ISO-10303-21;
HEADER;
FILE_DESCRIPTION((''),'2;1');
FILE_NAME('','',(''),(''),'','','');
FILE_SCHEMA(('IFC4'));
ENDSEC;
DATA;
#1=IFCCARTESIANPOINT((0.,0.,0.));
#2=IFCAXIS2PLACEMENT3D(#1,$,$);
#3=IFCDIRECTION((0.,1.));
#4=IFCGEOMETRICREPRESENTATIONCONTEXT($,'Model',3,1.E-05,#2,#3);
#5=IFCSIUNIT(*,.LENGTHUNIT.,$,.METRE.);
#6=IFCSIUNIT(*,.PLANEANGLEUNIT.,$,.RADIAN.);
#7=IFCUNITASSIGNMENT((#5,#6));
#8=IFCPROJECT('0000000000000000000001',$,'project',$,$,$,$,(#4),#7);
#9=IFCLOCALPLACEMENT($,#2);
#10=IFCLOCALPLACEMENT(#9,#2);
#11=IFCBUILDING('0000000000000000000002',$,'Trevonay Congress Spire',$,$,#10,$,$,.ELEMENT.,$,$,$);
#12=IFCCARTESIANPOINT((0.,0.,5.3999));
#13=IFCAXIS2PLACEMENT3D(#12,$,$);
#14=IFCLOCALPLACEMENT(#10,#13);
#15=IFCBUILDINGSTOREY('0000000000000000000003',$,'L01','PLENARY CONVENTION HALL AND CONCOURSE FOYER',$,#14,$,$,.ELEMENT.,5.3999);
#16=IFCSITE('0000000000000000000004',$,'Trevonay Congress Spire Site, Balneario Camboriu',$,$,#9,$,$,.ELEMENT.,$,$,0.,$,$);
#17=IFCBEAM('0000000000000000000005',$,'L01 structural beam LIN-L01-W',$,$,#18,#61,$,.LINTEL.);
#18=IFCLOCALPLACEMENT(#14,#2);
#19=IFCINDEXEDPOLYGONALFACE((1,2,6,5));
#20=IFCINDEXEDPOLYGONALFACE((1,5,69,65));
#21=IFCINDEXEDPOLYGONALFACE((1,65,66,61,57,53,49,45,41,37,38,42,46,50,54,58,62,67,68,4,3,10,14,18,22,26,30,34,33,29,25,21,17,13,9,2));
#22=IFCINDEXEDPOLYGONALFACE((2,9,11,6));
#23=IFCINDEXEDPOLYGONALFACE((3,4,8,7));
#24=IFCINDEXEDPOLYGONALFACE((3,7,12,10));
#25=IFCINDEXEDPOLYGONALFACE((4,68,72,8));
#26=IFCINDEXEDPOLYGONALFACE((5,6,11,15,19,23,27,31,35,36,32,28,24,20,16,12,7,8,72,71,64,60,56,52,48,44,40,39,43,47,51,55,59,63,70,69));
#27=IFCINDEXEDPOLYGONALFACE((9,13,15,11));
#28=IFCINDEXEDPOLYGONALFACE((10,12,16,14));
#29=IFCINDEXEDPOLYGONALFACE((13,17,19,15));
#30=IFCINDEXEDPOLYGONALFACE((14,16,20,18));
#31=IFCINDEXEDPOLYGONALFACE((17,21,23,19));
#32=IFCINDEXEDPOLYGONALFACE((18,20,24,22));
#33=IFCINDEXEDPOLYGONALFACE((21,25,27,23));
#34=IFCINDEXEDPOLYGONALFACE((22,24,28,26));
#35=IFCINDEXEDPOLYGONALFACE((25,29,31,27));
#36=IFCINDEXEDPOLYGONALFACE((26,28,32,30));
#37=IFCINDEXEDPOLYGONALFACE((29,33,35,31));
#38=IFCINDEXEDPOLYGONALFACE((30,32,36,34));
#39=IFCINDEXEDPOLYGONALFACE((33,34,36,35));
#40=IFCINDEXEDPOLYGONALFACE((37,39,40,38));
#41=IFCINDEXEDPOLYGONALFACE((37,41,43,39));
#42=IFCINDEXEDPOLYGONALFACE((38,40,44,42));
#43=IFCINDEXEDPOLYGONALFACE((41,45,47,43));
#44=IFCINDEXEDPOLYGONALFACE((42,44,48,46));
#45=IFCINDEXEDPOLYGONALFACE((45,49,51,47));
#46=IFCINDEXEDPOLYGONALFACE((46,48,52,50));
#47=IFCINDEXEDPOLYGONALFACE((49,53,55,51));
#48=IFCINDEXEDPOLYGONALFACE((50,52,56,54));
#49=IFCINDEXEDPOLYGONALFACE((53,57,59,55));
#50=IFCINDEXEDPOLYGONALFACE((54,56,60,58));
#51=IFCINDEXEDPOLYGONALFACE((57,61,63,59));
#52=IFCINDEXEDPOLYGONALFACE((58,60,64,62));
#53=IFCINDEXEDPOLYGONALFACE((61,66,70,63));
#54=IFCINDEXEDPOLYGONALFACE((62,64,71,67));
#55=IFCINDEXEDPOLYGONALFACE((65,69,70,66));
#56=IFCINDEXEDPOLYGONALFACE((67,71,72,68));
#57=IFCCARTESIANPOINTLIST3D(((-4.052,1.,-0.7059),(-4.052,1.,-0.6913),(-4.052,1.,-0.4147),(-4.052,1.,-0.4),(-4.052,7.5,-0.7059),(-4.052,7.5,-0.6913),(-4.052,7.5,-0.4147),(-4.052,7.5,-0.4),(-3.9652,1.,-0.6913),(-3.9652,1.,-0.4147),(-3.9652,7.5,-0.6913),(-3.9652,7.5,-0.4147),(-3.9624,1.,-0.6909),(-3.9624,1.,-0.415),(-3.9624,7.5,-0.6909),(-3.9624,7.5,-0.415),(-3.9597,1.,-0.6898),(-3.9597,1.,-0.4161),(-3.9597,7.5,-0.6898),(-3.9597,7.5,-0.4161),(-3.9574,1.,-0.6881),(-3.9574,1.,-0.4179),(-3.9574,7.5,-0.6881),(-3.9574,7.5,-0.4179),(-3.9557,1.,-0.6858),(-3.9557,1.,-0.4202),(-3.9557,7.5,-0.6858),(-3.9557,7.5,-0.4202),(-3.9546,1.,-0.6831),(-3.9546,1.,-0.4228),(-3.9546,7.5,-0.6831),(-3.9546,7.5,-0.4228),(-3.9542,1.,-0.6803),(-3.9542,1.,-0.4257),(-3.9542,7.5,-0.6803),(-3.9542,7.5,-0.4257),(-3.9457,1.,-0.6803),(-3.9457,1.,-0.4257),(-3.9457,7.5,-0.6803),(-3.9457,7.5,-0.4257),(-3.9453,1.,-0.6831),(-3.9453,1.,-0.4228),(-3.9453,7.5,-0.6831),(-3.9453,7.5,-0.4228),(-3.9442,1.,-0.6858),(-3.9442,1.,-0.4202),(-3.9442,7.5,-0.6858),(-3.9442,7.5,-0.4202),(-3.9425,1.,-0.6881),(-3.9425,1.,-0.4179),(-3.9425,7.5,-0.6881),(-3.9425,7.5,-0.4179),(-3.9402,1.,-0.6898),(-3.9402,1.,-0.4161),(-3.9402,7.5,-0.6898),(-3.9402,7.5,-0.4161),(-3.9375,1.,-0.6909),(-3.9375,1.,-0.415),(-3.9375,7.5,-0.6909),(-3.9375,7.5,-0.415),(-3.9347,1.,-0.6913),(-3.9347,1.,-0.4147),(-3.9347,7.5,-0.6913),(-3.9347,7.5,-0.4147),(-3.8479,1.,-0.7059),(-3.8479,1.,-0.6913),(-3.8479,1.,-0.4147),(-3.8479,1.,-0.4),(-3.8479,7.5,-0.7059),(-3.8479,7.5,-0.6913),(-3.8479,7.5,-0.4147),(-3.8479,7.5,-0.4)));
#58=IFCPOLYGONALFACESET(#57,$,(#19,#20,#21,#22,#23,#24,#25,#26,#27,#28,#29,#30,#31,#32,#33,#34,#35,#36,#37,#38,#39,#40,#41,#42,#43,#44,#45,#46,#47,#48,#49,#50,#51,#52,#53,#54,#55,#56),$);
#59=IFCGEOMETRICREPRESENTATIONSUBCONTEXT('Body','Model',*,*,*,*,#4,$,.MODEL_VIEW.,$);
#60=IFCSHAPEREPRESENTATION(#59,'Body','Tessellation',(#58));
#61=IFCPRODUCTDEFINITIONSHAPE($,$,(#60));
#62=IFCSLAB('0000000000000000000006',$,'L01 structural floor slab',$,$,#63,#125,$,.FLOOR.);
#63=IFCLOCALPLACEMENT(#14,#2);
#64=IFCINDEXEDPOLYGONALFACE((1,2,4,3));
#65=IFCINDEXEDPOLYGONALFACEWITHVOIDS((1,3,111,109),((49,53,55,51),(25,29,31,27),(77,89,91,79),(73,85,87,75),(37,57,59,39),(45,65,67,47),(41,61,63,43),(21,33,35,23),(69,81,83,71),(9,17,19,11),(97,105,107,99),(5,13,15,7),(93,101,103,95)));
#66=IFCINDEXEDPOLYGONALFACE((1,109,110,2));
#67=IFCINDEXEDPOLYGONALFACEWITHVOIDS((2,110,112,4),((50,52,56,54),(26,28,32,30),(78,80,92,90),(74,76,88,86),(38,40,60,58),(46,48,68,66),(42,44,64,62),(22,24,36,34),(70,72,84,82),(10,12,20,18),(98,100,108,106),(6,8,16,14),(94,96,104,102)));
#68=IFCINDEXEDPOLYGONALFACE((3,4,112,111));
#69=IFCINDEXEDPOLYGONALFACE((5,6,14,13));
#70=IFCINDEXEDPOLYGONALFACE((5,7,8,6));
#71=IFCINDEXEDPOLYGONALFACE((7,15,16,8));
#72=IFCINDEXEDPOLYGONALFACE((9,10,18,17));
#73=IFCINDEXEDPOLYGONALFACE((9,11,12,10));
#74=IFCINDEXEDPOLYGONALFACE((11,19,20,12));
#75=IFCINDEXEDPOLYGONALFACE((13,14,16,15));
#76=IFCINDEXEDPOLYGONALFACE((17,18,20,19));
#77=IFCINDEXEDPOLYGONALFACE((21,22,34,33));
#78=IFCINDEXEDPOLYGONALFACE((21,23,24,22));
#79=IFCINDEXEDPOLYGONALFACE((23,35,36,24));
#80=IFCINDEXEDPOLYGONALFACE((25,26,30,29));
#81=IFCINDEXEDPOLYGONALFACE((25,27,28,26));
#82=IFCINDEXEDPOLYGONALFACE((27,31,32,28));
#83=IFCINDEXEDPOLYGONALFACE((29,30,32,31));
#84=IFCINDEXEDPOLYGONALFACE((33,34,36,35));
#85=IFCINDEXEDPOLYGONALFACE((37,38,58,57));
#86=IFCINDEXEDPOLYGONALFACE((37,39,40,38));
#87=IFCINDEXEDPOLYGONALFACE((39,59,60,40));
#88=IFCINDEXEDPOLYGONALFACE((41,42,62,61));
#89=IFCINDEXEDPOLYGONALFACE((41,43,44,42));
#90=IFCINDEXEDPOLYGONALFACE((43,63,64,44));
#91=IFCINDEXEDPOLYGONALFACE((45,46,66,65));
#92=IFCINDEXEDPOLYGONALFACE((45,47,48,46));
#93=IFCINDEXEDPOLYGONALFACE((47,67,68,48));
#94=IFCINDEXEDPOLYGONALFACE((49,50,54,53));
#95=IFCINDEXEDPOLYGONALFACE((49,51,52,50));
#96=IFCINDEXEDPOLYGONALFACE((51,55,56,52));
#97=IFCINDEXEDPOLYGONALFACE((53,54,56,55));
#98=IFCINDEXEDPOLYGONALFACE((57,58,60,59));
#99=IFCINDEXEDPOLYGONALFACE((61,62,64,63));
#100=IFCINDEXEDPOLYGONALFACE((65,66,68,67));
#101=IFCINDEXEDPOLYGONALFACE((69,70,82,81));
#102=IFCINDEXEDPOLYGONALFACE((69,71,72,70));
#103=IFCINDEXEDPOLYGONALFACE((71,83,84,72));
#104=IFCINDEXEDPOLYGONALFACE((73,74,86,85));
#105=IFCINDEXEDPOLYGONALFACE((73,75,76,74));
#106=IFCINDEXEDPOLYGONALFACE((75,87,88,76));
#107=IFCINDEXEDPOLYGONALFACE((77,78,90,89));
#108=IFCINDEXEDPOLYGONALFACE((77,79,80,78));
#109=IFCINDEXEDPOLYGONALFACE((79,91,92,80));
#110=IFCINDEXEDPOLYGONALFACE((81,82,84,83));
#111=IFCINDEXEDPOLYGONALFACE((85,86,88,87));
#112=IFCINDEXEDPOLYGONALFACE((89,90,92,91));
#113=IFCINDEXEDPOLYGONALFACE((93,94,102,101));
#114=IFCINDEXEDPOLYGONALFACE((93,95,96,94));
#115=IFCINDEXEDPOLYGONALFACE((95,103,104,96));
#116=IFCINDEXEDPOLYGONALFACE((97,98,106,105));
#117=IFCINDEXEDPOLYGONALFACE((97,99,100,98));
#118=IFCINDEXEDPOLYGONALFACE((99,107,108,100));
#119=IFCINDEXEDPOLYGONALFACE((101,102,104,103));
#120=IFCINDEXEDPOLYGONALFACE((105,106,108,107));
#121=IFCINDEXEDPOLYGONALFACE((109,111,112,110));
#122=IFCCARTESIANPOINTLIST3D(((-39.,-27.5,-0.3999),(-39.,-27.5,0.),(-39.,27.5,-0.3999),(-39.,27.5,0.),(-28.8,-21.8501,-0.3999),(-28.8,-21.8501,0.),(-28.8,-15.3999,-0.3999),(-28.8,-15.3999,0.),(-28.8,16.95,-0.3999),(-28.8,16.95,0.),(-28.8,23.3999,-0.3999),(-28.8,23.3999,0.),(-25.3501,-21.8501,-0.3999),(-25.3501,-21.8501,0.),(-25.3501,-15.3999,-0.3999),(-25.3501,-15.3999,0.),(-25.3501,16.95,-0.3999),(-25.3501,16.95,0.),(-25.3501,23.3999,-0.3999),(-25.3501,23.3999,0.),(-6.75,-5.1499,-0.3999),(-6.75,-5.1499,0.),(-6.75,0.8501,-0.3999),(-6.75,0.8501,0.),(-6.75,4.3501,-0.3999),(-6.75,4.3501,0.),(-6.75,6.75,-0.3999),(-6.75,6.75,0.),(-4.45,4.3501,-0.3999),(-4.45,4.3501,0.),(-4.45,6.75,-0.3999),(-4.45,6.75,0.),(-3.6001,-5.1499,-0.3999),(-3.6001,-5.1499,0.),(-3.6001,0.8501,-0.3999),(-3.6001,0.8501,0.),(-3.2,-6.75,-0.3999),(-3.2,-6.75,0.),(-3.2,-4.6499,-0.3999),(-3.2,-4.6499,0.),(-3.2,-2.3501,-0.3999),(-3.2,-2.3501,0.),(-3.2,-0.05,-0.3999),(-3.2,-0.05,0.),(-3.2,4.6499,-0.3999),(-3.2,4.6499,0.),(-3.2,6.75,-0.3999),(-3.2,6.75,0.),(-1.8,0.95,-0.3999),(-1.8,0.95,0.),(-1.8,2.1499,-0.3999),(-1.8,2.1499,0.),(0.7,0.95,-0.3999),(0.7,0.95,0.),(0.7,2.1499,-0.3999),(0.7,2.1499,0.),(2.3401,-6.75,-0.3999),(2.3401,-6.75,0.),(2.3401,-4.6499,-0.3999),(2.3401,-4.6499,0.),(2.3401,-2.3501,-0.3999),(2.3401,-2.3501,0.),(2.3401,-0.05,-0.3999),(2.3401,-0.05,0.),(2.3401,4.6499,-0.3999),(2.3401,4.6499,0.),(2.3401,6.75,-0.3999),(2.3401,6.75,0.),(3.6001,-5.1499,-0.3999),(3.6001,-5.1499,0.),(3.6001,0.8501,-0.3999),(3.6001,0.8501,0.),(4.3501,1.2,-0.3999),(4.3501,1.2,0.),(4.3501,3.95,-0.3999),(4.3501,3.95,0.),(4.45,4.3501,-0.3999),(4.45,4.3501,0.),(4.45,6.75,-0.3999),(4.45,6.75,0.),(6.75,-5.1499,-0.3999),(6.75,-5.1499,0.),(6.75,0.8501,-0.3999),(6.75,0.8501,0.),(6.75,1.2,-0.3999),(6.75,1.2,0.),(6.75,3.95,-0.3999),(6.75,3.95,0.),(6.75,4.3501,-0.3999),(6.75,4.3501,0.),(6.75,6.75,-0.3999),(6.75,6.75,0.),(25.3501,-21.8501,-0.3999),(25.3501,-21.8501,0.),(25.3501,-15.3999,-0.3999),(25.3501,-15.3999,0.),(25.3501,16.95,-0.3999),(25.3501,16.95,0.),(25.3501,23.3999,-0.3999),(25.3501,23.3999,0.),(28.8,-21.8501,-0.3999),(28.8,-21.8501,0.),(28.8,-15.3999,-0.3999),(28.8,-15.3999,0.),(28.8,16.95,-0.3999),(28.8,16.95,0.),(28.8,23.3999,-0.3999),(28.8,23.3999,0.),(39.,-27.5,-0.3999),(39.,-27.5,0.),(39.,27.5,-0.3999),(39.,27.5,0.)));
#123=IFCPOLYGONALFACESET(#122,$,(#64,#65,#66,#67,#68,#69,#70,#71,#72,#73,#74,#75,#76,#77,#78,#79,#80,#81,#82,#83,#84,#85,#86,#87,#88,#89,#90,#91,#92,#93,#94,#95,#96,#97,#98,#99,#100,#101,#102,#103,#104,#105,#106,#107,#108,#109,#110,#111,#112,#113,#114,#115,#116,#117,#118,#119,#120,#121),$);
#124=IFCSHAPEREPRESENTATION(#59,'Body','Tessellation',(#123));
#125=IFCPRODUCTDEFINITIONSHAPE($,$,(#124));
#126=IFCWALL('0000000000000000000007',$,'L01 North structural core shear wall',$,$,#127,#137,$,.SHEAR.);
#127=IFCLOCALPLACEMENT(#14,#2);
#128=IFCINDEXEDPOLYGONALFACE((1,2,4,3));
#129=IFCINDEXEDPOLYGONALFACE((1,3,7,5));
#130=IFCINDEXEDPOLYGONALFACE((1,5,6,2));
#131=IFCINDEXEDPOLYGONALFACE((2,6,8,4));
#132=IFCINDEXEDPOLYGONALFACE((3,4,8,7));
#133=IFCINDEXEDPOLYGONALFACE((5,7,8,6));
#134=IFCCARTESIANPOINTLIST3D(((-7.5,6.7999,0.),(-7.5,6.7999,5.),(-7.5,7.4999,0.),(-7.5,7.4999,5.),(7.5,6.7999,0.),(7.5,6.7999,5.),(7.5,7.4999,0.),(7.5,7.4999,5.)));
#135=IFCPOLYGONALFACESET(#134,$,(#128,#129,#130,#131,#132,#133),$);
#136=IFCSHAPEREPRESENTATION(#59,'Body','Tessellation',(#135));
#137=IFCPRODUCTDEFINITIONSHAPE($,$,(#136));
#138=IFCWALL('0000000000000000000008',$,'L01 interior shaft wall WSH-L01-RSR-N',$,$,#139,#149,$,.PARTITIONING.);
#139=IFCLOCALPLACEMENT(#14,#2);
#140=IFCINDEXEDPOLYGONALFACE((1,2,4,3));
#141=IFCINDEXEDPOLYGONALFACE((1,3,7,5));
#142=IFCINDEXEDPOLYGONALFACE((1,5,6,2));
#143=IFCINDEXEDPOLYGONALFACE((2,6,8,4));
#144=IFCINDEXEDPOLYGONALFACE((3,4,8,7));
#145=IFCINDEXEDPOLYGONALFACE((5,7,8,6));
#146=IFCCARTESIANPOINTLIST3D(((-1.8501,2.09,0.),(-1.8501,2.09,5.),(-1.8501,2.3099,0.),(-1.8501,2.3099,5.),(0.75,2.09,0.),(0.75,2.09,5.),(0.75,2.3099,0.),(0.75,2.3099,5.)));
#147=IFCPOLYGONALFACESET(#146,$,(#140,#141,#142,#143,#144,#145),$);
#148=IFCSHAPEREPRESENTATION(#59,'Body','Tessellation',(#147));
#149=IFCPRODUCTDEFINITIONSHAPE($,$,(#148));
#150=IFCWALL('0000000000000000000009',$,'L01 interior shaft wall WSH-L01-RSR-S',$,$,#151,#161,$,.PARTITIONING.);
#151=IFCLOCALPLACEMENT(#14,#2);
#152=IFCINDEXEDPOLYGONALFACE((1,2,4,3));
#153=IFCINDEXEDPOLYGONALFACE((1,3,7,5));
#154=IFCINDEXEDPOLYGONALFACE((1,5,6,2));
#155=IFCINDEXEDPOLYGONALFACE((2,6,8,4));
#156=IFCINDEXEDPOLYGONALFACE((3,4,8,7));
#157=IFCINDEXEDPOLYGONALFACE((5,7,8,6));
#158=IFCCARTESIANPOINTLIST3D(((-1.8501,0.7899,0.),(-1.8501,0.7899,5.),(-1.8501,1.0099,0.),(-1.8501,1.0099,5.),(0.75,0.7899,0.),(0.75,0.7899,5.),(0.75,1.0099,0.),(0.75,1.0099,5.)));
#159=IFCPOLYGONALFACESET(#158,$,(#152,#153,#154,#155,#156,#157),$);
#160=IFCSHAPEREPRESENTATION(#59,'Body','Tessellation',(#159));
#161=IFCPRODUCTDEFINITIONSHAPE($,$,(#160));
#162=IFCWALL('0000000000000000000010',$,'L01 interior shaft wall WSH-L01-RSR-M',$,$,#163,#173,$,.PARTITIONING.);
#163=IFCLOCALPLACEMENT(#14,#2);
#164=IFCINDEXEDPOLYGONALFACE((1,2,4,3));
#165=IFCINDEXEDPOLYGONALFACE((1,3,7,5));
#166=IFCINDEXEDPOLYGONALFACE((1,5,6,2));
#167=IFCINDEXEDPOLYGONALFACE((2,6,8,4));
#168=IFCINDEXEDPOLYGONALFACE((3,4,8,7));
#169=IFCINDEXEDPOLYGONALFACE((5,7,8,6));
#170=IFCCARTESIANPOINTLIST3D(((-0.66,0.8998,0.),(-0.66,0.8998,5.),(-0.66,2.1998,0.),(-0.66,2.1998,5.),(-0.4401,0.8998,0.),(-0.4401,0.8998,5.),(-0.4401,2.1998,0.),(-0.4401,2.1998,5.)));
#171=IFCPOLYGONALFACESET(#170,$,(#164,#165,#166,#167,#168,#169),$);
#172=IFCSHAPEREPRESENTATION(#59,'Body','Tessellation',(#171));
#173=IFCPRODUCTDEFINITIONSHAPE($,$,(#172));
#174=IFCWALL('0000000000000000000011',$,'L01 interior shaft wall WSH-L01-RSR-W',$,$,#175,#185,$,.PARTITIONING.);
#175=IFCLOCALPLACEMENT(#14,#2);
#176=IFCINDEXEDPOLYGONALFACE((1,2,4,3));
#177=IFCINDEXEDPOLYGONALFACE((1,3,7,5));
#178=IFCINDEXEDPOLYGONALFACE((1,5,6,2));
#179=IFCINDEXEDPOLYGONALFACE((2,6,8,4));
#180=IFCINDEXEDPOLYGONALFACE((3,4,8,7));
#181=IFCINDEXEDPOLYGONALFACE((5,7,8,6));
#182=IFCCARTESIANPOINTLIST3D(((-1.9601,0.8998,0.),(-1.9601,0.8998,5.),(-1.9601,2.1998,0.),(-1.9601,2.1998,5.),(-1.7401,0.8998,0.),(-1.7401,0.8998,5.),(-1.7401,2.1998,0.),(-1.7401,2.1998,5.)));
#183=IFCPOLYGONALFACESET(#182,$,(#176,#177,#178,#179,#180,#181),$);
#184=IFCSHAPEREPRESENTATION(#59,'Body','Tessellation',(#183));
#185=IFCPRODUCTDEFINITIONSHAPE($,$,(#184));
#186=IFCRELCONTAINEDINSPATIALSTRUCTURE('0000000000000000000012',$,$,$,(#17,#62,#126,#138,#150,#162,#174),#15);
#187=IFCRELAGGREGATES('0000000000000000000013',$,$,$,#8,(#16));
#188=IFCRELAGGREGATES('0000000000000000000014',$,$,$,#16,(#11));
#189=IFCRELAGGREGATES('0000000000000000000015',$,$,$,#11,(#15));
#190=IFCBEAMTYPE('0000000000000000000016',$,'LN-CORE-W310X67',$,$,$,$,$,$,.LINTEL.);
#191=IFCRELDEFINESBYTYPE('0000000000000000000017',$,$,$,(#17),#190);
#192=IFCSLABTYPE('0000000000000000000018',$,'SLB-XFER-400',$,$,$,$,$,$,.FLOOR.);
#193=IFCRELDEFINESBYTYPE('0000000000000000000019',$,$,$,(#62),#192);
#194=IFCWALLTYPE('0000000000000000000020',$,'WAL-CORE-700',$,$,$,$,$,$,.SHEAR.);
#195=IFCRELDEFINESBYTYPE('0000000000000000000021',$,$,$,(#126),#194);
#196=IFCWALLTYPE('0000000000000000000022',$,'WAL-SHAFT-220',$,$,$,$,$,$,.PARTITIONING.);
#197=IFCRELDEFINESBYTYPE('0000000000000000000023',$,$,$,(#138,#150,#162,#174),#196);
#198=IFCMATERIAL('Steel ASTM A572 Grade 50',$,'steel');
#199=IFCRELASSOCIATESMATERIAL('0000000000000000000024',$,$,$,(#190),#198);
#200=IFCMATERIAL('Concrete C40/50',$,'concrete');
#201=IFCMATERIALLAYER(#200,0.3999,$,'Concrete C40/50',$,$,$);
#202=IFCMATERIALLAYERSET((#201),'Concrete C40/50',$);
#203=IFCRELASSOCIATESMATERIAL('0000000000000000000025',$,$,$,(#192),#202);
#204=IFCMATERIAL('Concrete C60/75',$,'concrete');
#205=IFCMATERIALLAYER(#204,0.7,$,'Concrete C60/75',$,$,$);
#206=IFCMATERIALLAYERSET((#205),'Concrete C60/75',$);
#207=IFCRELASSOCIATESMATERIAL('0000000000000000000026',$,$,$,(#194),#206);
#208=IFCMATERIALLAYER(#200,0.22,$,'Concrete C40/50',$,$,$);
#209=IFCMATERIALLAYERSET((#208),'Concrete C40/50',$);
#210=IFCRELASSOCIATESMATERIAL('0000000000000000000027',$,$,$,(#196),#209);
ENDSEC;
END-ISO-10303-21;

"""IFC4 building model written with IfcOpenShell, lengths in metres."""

from ifc_helpers import new_model, si_unit, direction, frame, frame_2d, origin, origin_2d, place, context, subcontext, project, spatial, polyline, rectangle, i_section, outline, extrude, material, layer, layer_set, material_profile, profile_set, type_object, element, save


model = new_model("IFC4")

# Units and contexts
model_context = context("Model", 3, precision=1e-05, world=origin(), true_north=direction((0.0, 1.0)))
body_context = subcontext(model_context, "Body", "Model", "MODEL_VIEW")
ifc_project = project(units=[si_unit("LENGTHUNIT", "METRE"), si_unit("PLANEANGLEUNIT", "RADIAN")], contexts=[model_context])

# Site, building, storey
site_placement = place(None, origin())
site = spatial("IfcSite", under=ifc_project, at=site_placement, Name="Trevonay Congress Spire Site, Balneario Camboriu", CompositionType="ELEMENT", RefElevation=0.0)
building_placement = place(site_placement, origin())
building = spatial("IfcBuilding", under=site, at=building_placement, Name="Trevonay Congress Spire", CompositionType="ELEMENT")
storey_placement = place(building_placement, frame((0.0, 0.0, 5.3999)))
storey = spatial("IfcBuildingStorey", under=building, at=storey_placement, Name="L01", Description="PLENARY CONVENTION HALL AND CONCOURSE FOYER", CompositionType="ELEMENT", Elevation=5.3999)

# Shared definitions
ifc_material_1 = material(Name="Steel ASTM A572 Grade 50", Category="steel")

# Beam
ifc_material_profile_1 = material_profile(ifc_material_1, i_section(OverallWidth=0.2041, OverallDepth=0.3059, WebThickness=0.0085, FlangeThickness=0.0146, FilletRadius=0.011, at=origin_2d()), Name="W310x67")
ifc_profile_set_1 = profile_set([ifc_material_profile_1], Name="Steel ASTM A572 Grade 50")
beam_type_1 = type_object("IfcBeamType", Name="LN-CORE-W310X67", PredefinedType="LINTEL", material=ifc_profile_set_1)
beam_1_placement = place(storey_placement, frame((-3.95, 1.0, -0.553), z_axis=(0.0, 1.0, 0.0), x_axis=(-1.0, 0.0, 0.0)))
element("IfcBeam", 1, at=beam_1_placement, inside=storey, type_object=beam_type_1, Name="L01 structural beam LIN-L01-W", PredefinedType="LINTEL", context=body_context, shape_type="SweptSolid", body=[
    extrude(i_section(OverallWidth=0.2041, OverallDepth=0.3059, WebThickness=0.0085, FlangeThickness=0.0146, FilletRadius=0.011, at=origin_2d()), origin(), (0.0, 0.0, 1.0), 6.5),
])

# Slab
ifc_material_2 = material(Name="Concrete C40/50", Category="concrete")
ifc_layer_1 = layer(ifc_material_2, 0.3999, Name="Concrete C40/50")
ifc_layer_set_1 = layer_set([ifc_layer_1], Name="Concrete C40/50")
slab_type = type_object("IfcSlabType", Name="SLB-XFER-400", PredefinedType="FLOOR", material=ifc_layer_set_1)
slab_placement = place(storey_placement, frame((0.0, 0.0, -0.3999)))
element("IfcSlab", 2, at=slab_placement, inside=storey, type_object=slab_type, Name="L01 structural floor slab", PredefinedType="FLOOR", context=body_context, shape_type="SweptSolid", body=[
    extrude(outline(polyline([(-39.0, -27.5), (39.0, -27.5), (39.0, 27.5), (-39.0, 27.5), (-39.0, -27.5)]), holes=[polyline([(-3.6001, -5.1499), (-3.6001, 0.8501), (-6.75, 0.8501), (-6.75, -5.1499), (-3.6001, -5.1499)]), polyline([(6.75, -5.1499), (6.75, 0.8501), (3.6001, 0.8501), (3.6001, -5.1499), (6.75, -5.1499)]), polyline([(-25.3501, -21.8501), (-25.3501, -15.3999), (-28.8, -15.3999), (-28.8, -21.8501), (-25.3501, -21.8501)]), polyline([(28.8, -21.8501), (28.8, -15.3999), (25.3501, -15.3999), (25.3501, -21.8501), (28.8, -21.8501)]), polyline([(-25.3501, 16.95), (-25.3501, 23.3999), (-28.8, 23.3999), (-28.8, 16.95), (-25.3501, 16.95)]), polyline([(28.8, 16.95), (28.8, 23.3999), (25.3501, 23.3999), (25.3501, 16.95), (28.8, 16.95)]), polyline([(-3.2, -6.75), (2.3401, -6.75), (2.3401, -4.6499), (-3.2, -4.6499), (-3.2, -6.75)]), polyline([(-3.2, -2.3501), (2.3401, -2.3501), (2.3401, -0.05), (-3.2, -0.05), (-3.2, -2.3501)]), polyline([(-3.2, 4.6499), (2.3401, 4.6499), (2.3401, 6.75), (-3.2, 6.75), (-3.2, 4.6499)]), polyline([(-6.75, 4.3501), (-4.45, 4.3501), (-4.45, 6.75), (-6.75, 6.75), (-6.75, 4.3501)]), polyline([(4.45, 4.3501), (6.75, 4.3501), (6.75, 6.75), (4.45, 6.75), (4.45, 4.3501)]), polyline([(4.3501, 1.2), (6.75, 1.2), (6.75, 3.95), (4.3501, 3.95), (4.3501, 1.2)]), polyline([(-1.8, 0.95), (0.7, 0.95), (0.7, 2.1499), (-1.8, 2.1499), (-1.8, 0.95)])]), origin(), (0.0, 0.0, 1.0), 0.3999),
])

# Walls
ifc_material_3 = material(Name="Concrete C60/75", Category="concrete")
ifc_layer_2 = layer(ifc_material_3, 0.7, Name="Concrete C60/75")
ifc_layer_set_2 = layer_set([ifc_layer_2], Name="Concrete C60/75")
wall_type_1 = type_object("IfcWallType", Name="WAL-CORE-700", PredefinedType="SHEAR", material=ifc_layer_set_2)
wall_1_placement = place(storey_placement, frame((-7.5, 7.1499, 0.0), z_axis=(0.0, 0.0, 1.0), x_axis=(1.0, 0.0, 0.0)))
element("IfcWall", 3, at=wall_1_placement, inside=storey, type_object=wall_type_1, Name="L01 North structural core shear wall", PredefinedType="SHEAR", context=body_context, shape_type="SweptSolid", body=[
    extrude(rectangle(XDim=15.0, YDim=0.7, at=frame_2d((7.5, 0.0))), origin(), (0.0, 0.0, 1.0), 5.0),
])
ifc_layer_3 = layer(ifc_material_2, 0.22, Name="Concrete C40/50")
ifc_layer_set_3 = layer_set([ifc_layer_3], Name="Concrete C40/50")
wall_type_2 = type_object("IfcWallType", Name="WAL-SHAFT-220", PredefinedType="PARTITIONING", material=ifc_layer_set_3)
for number, where, z_axis, x_axis, name in (
    (4, (-1.8501, 2.2, 0.0), (0.0, 0.0, 1.0), (1.0, 0.0, 0.0), "L01 interior shaft wall WSH-L01-RSR-N"),
    (5, (-1.8501, 0.8999, 0.0), (0.0, 0.0, 1.0), (1.0, 0.0, 0.0), "L01 interior shaft wall WSH-L01-RSR-S"),
):
    element("IfcWall", number, at=place(storey_placement, frame(where, z_axis=z_axis, x_axis=x_axis)), inside=storey, type_object=wall_type_2, Name=name, PredefinedType="PARTITIONING", context=body_context, shape_type="SweptSolid", body=[
        extrude(rectangle(XDim=2.6001, YDim=0.22, at=frame_2d((1.3, 0.0))), origin(), (0.0, 0.0, 1.0), 5.0),
    ])
for number, where, z_axis, x_axis, name in (
    (6, (-0.55, 0.8999, 0.0), (0.0, 0.0, 1.0), (0.0, 1.0, 0.0), "L01 interior shaft wall WSH-L01-RSR-M"),
    (7, (-1.8501, 0.8999, 0.0), (0.0, 0.0, 1.0), (0.0, 1.0, 0.0), "L01 interior shaft wall WSH-L01-RSR-W"),
):
    element("IfcWall", number, at=place(storey_placement, frame(where, z_axis=z_axis, x_axis=x_axis)), inside=storey, type_object=wall_type_2, Name=name, PredefinedType="PARTITIONING", context=body_context, shape_type="SweptSolid", body=[
        extrude(rectangle(XDim=1.3, YDim=0.22, at=frame_2d((0.6499, 0.0))), origin(), (0.0, 0.0, 1.0), 5.0),
    ])

save(model, "model.ifc")
